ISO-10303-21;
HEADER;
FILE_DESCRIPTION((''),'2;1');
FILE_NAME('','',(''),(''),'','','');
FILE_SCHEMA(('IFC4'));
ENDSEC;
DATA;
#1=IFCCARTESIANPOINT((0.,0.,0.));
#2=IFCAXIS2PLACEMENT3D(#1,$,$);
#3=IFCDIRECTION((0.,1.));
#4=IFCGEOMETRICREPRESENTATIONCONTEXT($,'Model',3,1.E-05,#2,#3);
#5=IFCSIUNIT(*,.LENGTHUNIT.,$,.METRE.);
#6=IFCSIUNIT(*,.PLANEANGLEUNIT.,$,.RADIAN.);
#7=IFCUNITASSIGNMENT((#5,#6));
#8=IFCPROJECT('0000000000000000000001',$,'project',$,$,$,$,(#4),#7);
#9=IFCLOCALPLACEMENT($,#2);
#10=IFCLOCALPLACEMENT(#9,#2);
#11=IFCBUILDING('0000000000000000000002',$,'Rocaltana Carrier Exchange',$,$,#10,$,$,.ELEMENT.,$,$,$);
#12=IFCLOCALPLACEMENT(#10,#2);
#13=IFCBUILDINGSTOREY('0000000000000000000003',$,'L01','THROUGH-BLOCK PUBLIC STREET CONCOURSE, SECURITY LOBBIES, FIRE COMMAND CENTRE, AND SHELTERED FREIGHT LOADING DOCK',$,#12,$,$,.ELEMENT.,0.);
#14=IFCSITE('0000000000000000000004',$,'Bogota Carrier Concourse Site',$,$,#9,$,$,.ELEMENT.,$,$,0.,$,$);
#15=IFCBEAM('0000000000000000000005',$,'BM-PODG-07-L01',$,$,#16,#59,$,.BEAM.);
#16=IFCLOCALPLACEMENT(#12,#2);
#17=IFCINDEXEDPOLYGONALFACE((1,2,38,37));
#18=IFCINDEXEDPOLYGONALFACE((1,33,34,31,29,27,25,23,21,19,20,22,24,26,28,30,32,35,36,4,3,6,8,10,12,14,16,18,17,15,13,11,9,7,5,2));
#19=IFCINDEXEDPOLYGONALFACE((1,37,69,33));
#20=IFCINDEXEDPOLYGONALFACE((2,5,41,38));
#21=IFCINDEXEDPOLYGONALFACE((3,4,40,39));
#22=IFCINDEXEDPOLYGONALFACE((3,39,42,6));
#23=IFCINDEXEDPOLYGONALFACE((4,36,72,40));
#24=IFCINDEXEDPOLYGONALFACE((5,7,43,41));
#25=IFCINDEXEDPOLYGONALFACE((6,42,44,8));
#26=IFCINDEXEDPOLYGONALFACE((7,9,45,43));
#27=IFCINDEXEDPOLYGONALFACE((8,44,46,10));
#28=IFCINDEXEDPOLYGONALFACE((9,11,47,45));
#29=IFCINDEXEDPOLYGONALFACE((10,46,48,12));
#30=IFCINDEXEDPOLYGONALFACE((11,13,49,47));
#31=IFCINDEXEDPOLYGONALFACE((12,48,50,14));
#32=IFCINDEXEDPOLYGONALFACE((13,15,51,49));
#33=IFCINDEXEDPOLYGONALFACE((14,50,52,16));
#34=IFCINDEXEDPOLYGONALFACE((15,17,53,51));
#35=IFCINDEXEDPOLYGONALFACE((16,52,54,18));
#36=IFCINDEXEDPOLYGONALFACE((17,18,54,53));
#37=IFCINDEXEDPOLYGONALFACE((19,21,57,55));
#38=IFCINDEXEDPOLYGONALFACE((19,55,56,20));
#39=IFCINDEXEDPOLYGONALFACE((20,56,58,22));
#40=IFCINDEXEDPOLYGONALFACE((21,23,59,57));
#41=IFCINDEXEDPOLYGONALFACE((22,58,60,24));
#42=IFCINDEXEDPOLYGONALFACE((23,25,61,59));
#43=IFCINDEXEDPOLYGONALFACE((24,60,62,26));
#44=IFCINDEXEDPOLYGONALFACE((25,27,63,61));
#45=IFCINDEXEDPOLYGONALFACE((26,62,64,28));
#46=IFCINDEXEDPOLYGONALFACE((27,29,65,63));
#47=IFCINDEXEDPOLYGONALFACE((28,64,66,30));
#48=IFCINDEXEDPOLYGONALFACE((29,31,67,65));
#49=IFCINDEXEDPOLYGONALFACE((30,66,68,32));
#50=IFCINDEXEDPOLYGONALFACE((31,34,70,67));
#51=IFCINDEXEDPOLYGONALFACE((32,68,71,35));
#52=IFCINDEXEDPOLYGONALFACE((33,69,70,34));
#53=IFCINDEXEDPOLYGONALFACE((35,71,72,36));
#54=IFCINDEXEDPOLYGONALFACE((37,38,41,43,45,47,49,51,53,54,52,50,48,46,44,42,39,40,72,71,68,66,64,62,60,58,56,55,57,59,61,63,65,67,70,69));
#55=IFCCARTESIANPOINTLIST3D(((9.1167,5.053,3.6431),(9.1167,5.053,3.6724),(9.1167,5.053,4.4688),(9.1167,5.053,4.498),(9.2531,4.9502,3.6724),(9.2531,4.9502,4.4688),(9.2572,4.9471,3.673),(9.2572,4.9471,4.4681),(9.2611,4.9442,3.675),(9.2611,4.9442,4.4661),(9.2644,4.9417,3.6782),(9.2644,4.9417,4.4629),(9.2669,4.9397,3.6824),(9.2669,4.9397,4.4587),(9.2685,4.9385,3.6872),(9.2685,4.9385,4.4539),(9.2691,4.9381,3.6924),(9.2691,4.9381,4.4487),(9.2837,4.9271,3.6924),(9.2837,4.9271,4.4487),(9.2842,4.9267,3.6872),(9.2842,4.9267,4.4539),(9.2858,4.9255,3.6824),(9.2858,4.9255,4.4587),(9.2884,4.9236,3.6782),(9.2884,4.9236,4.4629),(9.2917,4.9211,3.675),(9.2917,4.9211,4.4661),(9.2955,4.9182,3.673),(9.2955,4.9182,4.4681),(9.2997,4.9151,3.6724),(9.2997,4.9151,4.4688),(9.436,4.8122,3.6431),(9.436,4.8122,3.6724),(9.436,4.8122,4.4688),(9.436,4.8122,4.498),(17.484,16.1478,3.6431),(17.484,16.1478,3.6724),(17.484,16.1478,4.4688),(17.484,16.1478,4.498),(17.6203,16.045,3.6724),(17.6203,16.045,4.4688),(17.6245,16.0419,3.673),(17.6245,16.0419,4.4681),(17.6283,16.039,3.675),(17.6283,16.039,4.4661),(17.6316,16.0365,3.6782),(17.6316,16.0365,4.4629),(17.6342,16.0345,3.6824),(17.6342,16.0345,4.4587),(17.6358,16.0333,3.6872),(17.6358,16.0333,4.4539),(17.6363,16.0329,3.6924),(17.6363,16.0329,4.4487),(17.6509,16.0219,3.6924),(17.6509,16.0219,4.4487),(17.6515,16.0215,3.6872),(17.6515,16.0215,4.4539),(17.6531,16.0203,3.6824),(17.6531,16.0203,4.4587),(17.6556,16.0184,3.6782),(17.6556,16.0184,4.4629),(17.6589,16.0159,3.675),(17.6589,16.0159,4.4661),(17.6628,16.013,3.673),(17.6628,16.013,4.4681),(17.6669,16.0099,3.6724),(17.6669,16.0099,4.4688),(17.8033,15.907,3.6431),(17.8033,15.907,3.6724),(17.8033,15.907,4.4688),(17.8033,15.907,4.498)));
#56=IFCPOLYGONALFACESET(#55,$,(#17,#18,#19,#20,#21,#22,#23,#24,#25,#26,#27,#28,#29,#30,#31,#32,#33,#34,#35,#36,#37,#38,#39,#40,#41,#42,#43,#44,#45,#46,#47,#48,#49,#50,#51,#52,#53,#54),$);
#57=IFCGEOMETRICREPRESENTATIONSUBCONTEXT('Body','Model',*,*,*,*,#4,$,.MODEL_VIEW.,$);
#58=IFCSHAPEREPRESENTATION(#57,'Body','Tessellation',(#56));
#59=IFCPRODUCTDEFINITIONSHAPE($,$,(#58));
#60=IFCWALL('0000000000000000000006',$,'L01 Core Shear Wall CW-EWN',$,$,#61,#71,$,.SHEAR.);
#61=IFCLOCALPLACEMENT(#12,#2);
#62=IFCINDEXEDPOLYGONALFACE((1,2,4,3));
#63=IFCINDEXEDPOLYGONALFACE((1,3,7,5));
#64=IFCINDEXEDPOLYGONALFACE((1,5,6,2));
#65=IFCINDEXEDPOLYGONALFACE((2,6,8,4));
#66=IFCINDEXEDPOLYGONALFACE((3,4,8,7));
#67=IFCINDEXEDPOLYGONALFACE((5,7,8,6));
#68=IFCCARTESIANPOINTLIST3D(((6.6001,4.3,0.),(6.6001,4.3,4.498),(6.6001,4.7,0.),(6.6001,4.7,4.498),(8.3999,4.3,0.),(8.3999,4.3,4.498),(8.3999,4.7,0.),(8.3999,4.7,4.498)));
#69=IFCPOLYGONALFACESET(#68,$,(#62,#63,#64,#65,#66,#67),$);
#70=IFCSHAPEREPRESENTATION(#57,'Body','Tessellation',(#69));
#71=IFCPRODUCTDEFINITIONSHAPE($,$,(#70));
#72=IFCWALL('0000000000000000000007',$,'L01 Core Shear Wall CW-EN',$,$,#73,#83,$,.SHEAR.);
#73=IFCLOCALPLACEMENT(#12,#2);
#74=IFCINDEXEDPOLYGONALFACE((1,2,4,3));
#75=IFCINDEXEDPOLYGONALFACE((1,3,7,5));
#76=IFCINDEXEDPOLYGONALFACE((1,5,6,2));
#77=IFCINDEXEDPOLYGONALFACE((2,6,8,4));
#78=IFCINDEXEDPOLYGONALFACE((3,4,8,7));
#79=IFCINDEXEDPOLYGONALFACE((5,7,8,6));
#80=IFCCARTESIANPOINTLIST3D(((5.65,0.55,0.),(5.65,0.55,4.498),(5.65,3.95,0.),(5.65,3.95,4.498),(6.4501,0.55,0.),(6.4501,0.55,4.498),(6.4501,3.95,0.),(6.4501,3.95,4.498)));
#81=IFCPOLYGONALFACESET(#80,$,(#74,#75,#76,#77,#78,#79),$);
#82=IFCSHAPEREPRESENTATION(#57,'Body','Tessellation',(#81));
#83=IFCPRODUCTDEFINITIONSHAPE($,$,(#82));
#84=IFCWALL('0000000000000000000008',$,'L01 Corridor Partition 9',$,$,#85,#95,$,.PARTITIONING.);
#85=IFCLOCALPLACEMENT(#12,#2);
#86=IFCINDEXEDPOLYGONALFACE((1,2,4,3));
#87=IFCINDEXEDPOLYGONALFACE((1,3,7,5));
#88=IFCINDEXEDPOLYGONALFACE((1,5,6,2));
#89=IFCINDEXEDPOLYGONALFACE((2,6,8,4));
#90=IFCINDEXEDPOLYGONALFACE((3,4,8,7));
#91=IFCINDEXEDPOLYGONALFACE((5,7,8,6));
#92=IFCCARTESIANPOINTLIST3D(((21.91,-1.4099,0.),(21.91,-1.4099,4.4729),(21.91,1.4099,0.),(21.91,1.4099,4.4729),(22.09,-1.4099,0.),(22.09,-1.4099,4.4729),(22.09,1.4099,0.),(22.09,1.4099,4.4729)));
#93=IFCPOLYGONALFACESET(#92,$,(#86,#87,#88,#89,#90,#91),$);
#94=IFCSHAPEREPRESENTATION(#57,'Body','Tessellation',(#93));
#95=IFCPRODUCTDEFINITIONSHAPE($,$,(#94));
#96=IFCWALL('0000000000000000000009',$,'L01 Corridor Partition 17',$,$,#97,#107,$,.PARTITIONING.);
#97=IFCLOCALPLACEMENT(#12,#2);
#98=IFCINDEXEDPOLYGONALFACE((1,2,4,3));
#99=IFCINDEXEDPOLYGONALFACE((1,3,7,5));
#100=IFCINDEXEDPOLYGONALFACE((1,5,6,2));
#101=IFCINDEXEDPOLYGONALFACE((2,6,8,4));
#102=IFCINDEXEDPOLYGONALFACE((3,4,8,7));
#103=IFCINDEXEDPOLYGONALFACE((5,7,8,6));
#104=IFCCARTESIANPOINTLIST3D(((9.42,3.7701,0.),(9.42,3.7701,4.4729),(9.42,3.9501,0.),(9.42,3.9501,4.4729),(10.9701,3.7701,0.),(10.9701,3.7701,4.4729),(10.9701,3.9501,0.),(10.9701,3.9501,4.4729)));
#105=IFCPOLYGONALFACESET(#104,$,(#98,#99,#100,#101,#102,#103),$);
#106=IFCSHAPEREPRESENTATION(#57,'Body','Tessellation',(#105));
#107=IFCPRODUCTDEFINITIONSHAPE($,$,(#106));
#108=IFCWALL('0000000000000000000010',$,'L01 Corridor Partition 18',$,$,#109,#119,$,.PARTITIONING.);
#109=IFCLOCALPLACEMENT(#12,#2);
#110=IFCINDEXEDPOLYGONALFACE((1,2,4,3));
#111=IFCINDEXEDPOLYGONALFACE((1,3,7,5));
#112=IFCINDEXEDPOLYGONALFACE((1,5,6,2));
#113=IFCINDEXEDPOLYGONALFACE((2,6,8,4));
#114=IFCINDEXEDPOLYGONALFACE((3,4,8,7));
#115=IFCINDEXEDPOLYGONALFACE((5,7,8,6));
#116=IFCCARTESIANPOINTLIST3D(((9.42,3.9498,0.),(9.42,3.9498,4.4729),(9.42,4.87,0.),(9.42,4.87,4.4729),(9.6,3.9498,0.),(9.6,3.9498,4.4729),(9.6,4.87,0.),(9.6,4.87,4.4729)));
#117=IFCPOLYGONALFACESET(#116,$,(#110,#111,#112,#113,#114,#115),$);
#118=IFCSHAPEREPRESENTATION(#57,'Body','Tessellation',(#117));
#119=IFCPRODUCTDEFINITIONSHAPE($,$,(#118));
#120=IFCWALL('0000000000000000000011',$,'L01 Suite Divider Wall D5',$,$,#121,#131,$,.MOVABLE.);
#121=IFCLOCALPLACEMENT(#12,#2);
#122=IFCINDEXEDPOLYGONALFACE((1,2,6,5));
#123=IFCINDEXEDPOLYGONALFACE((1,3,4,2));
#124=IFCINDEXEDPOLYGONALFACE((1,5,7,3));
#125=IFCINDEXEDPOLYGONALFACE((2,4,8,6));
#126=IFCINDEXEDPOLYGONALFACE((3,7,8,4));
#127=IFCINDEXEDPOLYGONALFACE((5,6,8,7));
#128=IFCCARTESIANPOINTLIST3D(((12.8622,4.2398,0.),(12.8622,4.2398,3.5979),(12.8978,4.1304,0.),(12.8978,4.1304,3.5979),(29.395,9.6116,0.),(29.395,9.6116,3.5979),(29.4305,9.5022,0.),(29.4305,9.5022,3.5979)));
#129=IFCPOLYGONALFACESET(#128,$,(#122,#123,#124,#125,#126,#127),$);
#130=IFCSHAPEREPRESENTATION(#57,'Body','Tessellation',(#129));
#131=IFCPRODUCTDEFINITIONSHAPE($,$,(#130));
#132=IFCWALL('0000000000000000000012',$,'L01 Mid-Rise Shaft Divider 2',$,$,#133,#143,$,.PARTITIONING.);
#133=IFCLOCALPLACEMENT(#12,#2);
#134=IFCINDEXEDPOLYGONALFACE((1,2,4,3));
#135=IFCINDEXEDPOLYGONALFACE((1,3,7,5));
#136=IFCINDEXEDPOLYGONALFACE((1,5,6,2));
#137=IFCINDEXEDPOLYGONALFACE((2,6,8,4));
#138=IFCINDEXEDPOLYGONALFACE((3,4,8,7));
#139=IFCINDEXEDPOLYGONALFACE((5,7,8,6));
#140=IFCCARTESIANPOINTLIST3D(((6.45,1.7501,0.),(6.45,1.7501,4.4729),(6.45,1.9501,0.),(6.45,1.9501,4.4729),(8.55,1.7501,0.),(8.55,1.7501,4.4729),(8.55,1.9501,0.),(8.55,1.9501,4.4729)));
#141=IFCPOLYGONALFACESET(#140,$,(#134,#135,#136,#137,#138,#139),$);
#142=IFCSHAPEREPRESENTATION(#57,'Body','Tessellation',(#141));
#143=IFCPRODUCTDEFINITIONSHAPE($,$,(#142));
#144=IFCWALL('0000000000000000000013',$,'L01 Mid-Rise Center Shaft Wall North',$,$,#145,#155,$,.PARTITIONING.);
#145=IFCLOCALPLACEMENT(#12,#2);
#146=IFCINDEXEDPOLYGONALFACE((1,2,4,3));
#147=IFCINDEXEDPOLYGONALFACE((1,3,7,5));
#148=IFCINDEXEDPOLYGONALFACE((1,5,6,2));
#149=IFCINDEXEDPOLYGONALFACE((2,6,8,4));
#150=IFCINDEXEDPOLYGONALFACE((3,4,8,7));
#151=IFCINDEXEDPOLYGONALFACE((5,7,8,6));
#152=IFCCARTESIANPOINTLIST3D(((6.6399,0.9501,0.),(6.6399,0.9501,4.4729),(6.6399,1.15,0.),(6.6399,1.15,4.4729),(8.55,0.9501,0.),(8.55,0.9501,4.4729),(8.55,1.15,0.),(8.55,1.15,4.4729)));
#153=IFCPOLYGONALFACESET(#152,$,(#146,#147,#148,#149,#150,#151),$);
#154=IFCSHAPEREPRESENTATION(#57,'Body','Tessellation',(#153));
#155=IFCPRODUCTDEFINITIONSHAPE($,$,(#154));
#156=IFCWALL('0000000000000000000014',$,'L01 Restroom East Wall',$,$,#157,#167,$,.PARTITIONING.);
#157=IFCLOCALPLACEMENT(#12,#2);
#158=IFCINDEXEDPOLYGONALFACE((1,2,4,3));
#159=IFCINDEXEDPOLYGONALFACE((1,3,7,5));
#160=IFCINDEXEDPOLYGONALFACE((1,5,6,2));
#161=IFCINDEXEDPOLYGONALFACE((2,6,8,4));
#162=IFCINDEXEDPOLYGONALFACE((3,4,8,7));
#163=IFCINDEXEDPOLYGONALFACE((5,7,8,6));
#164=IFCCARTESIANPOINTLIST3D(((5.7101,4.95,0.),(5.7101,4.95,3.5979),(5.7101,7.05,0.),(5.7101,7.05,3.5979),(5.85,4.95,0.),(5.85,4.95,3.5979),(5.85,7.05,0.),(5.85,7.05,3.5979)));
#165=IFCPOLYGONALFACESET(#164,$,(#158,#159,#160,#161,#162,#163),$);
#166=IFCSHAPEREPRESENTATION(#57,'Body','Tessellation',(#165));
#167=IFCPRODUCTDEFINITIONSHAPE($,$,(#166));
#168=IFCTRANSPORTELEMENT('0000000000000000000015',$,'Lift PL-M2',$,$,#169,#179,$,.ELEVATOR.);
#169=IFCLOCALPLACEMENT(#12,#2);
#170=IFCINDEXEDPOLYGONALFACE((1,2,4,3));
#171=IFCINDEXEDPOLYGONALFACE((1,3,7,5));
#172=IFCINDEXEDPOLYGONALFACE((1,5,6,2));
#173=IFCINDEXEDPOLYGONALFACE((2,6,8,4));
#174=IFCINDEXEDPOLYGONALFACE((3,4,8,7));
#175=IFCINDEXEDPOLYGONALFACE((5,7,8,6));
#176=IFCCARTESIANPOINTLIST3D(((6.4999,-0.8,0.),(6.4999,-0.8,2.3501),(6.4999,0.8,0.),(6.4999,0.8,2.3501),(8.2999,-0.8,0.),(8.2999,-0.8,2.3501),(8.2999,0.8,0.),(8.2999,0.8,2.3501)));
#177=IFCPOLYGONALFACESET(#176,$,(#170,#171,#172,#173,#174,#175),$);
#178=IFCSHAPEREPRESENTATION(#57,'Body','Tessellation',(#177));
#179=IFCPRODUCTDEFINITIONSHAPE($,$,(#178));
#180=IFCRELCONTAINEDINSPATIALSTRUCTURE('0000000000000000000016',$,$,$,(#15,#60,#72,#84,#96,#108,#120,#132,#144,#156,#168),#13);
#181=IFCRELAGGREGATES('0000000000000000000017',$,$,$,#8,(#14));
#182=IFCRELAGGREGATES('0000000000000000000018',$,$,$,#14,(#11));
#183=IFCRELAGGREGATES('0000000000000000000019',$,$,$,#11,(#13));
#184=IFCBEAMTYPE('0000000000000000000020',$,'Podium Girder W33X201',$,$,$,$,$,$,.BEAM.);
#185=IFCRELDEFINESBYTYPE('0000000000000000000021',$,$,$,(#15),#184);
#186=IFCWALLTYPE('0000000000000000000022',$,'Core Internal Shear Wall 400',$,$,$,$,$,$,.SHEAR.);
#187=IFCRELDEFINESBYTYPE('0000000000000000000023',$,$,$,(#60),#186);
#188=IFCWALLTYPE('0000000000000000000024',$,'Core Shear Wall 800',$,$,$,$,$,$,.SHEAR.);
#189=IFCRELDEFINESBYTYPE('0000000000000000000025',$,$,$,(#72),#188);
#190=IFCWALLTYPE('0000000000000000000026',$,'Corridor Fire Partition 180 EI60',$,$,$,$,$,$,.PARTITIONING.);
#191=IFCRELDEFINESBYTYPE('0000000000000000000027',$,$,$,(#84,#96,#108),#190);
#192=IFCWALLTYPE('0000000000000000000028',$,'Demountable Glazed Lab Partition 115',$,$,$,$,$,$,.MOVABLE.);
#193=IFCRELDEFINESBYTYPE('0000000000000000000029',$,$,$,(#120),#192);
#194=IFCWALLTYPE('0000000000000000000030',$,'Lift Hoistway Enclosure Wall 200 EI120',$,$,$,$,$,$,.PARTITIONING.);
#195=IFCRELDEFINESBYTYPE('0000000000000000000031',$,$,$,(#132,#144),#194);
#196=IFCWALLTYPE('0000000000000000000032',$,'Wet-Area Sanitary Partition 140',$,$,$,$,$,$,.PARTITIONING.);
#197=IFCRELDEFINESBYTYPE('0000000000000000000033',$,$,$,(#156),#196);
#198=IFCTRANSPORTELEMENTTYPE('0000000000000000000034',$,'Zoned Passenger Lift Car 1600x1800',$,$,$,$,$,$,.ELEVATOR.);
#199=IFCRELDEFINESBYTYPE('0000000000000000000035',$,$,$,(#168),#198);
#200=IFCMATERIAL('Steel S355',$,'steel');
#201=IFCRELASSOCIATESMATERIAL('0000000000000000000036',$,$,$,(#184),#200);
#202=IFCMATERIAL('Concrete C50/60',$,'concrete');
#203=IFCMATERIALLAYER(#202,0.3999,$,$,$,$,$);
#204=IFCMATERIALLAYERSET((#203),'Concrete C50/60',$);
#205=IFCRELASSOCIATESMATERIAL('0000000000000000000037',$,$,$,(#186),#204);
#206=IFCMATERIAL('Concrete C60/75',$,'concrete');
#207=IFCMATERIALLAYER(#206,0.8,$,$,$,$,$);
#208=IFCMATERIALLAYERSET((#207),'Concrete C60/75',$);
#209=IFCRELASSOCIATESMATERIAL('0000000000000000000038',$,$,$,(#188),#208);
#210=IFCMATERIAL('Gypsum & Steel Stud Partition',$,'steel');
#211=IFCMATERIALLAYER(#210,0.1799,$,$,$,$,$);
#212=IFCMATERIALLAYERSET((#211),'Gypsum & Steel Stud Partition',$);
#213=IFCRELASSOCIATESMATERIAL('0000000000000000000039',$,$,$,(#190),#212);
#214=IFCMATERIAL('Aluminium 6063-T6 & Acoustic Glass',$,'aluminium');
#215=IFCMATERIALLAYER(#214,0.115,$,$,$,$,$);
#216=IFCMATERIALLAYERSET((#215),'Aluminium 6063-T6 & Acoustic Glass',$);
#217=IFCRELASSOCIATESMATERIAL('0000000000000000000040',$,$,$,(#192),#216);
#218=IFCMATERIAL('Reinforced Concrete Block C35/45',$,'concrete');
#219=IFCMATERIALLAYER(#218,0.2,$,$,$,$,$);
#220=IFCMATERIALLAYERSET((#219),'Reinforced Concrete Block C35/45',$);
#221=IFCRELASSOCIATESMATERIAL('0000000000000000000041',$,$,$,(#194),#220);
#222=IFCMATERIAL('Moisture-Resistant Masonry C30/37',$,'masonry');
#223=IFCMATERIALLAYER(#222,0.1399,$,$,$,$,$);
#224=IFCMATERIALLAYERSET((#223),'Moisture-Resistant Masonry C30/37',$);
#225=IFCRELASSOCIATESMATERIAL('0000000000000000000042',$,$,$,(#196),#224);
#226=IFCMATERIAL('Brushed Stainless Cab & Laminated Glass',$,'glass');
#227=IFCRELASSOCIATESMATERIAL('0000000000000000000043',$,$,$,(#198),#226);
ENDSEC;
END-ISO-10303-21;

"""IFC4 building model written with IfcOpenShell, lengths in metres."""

from ifc_helpers import new_model, si_unit, direction, frame, frame_2d, origin, origin_2d, place, context, subcontext, project, spatial, rectangle, i_section, extrude, material, layer, layer_set, material_profile, profile_set, type_object, element, save


model = new_model("IFC4")

# Units and contexts
model_context = context("Model", 3, precision=1e-05, world=origin(), true_north=direction((0.0, 1.0)))
body_context = subcontext(model_context, "Body", "Model", "MODEL_VIEW")
ifc_project = project(units=[si_unit("LENGTHUNIT", "METRE"), si_unit("PLANEANGLEUNIT", "RADIAN")], contexts=[model_context])

# Site, building, storey
site_placement = place(None, origin())
site = spatial("IfcSite", under=ifc_project, at=site_placement, Name="Bogota Carrier Concourse Site", CompositionType="ELEMENT", RefElevation=0.0)
building_placement = place(site_placement, origin())
building = spatial("IfcBuilding", under=site, at=building_placement, Name="Rocaltana Carrier Exchange", CompositionType="ELEMENT")
storey_placement = place(building_placement, origin())
storey = spatial("IfcBuildingStorey", under=building, at=storey_placement, Name="L01", Description="THROUGH-BLOCK PUBLIC STREET CONCOURSE, SECURITY LOBBIES, FIRE COMMAND CENTRE, AND SHELTERED FREIGHT LOADING DOCK", CompositionType="ELEMENT", Elevation=0.0)

# Beam
ifc_material_1 = material(Name="Steel S355", Category="steel")
ifc_material_profile_1 = material_profile(ifc_material_1, i_section(OverallWidth=0.3999, OverallDepth=0.855, WebThickness=0.0183, FlangeThickness=0.0293, FilletRadius=0.02, at=origin_2d()), Name="W33X201")
ifc_profile_set_1 = profile_set([ifc_material_profile_1], Name="Steel S355")
beam_type = type_object("IfcBeamType", Name="Podium Girder W33X201", PredefinedType="BEAM", material=ifc_profile_set_1)
beam_1_placement = place(storey_placement, frame((9.2764, 4.9326, 4.0706), z_axis=(0.602123, 0.798403, 0.0), x_axis=(-0.798403, 0.602123, 0.0)))
element("IfcBeam", 1, at=beam_1_placement, inside=storey, type_object=beam_type, Name="BM-PODG-07-L01", PredefinedType="BEAM", context=body_context, shape_type="SweptSolid", body=[
    extrude(i_section(OverallWidth=0.3999, OverallDepth=0.855, WebThickness=0.0183, FlangeThickness=0.0293, FilletRadius=0.02, at=origin_2d()), origin(), (0.0, 0.0, 1.0), 13.8962),
])

# Walls
ifc_material_2 = material(Name="Concrete C50/60", Category="concrete")
ifc_layer_1 = layer(ifc_material_2, 0.3999)
ifc_layer_set_1 = layer_set([ifc_layer_1], Name="Concrete C50/60")
wall_type_1 = type_object("IfcWallType", Name="Core Internal Shear Wall 400", PredefinedType="SHEAR", material=ifc_layer_set_1)
wall_1_placement = place(storey_placement, frame((6.6001, 4.5, 0.0), z_axis=(0.0, 0.0, 1.0), x_axis=(1.0, 0.0, 0.0)))
element("IfcWall", 2, at=wall_1_placement, inside=storey, type_object=wall_type_1, Name="L01 Core Shear Wall CW-EWN", PredefinedType="SHEAR", context=body_context, shape_type="SweptSolid", body=[
    extrude(rectangle(XDim=1.7998, YDim=0.3999, at=frame_2d((0.8999, 0.0))), origin(), (0.0, 0.0, 1.0), 4.498),
])
ifc_material_3 = material(Name="Concrete C60/75", Category="concrete")
ifc_layer_2 = layer(ifc_material_3, 0.8)
ifc_layer_set_2 = layer_set([ifc_layer_2], Name="Concrete C60/75")
wall_type_2 = type_object("IfcWallType", Name="Core Shear Wall 800", PredefinedType="SHEAR", material=ifc_layer_set_2)
wall_2_placement = place(storey_placement, frame((6.05, 0.55, 0.0), z_axis=(0.0, 0.0, 1.0), x_axis=(0.0, 1.0, 0.0)))
element("IfcWall", 3, at=wall_2_placement, inside=storey, type_object=wall_type_2, Name="L01 Core Shear Wall CW-EN", PredefinedType="SHEAR", context=body_context, shape_type="SweptSolid", body=[
    extrude(rectangle(XDim=3.3999, YDim=0.8, at=frame_2d((1.7, 0.0))), origin(), (0.0, 0.0, 1.0), 4.498),
])
ifc_material_4 = material(Name="Gypsum & Steel Stud Partition", Category="steel")
ifc_layer_3 = layer(ifc_material_4, 0.1799)
ifc_layer_set_3 = layer_set([ifc_layer_3], Name="Gypsum & Steel Stud Partition")
wall_type_3 = type_object("IfcWallType", Name="Corridor Fire Partition 180 EI60", PredefinedType="PARTITIONING", material=ifc_layer_set_3)
wall_3_placement = place(storey_placement, frame((22.0, 1.4099, 0.0), z_axis=(0.0, 0.0, 1.0), x_axis=(0.0, -1.0, 0.0)))
element("IfcWall", 4, at=wall_3_placement, inside=storey, type_object=wall_type_3, Name="L01 Corridor Partition 9", PredefinedType="PARTITIONING", context=body_context, shape_type="SweptSolid", body=[
    extrude(rectangle(XDim=2.8198, YDim=0.1799, at=frame_2d((1.4099, 0.0))), origin(), (0.0, 0.0, 1.0), 4.4729),
])
wall_4_placement = place(storey_placement, frame((10.97, 3.8601, 0.0), z_axis=(0.0, 0.0, 1.0), x_axis=(-1.0, 0.0, 0.0)))
element("IfcWall", 5, at=wall_4_placement, inside=storey, type_object=wall_type_3, Name="L01 Corridor Partition 17", PredefinedType="PARTITIONING", context=body_context, shape_type="SweptSolid", body=[
    extrude(rectangle(XDim=1.55, YDim=0.1799, at=frame_2d((0.7749, 0.0))), origin(), (0.0, 0.0, 1.0), 4.4729),
])
wall_5_placement = place(storey_placement, frame((9.51, 3.95, 0.0), z_axis=(0.0, 0.0, 1.0), x_axis=(0.0, 1.0, 0.0)))
element("IfcWall", 6, at=wall_5_placement, inside=storey, type_object=wall_type_3, Name="L01 Corridor Partition 18", PredefinedType="PARTITIONING", context=body_context, shape_type="SweptSolid", body=[
    extrude(rectangle(XDim=0.9202, YDim=0.1799, at=frame_2d((0.46, 0.0))), origin(), (0.0, 0.0, 1.0), 4.4729),
])
ifc_material_5 = material(Name="Aluminium 6063-T6 & Acoustic Glass", Category="aluminium")
ifc_layer_4 = layer(ifc_material_5, 0.115)
ifc_layer_set_4 = layer_set([ifc_layer_4], Name="Aluminium 6063-T6 & Acoustic Glass")
wall_type_4 = type_object("IfcWallType", Name="Demountable Glazed Lab Partition 115", PredefinedType="MOVABLE", material=ifc_layer_set_4)
wall_6_placement = place(storey_placement, frame((12.8799, 4.1851, 0.0), z_axis=(0.0, 0.0, 1.0), x_axis=(0.951056, 0.309018, 0.0)))
element("IfcWall", 7, at=wall_6_placement, inside=storey, type_object=wall_type_4, Name="L01 Suite Divider Wall D5", PredefinedType="MOVABLE", context=body_context, shape_type="SweptSolid", body=[
    extrude(rectangle(XDim=17.3835, YDim=0.115, at=frame_2d((8.6919, 0.0))), origin(), (0.0, 0.0, 1.0), 3.5979),
])
ifc_material_6 = material(Name="Reinforced Concrete Block C35/45", Category="concrete")
ifc_layer_5 = layer(ifc_material_6, 0.2)
ifc_layer_set_5 = layer_set([ifc_layer_5], Name="Reinforced Concrete Block C35/45")
wall_type_5 = type_object("IfcWallType", Name="Lift Hoistway Enclosure Wall 200 EI120", PredefinedType="PARTITIONING", material=ifc_layer_set_5)
wall_7_placement = place(storey_placement, frame((6.45, 1.8501, 0.0), z_axis=(0.0, 0.0, 1.0), x_axis=(1.0, 0.0, 0.0)))
element("IfcWall", 8, at=wall_7_placement, inside=storey, type_object=wall_type_5, Name="L01 Mid-Rise Shaft Divider 2", PredefinedType="PARTITIONING", context=body_context, shape_type="SweptSolid", body=[
    extrude(rectangle(XDim=2.1001, YDim=0.2, at=frame_2d((1.05, 0.0))), origin(), (0.0, 0.0, 1.0), 4.4729),
])
wall_8_placement = place(storey_placement, frame((6.6399, 1.05, 0.0), z_axis=(0.0, 0.0, 1.0), x_axis=(1.0, 0.0, 0.0)))
element("IfcWall", 9, at=wall_8_placement, inside=storey, type_object=wall_type_5, Name="L01 Mid-Rise Center Shaft Wall North", PredefinedType="PARTITIONING", context=body_context, shape_type="SweptSolid", body=[
    extrude(rectangle(XDim=1.9102, YDim=0.2, at=frame_2d((0.9551, 0.0))), origin(), (0.0, 0.0, 1.0), 4.4729),
])
ifc_material_7 = material(Name="Moisture-Resistant Masonry C30/37", Category="masonry")
ifc_layer_6 = layer(ifc_material_7, 0.1399)
ifc_layer_set_6 = layer_set([ifc_layer_6], Name="Moisture-Resistant Masonry C30/37")
wall_type_6 = type_object("IfcWallType", Name="Wet-Area Sanitary Partition 140", PredefinedType="PARTITIONING", material=ifc_layer_set_6)
wall_9_placement = place(storey_placement, frame((5.78, 4.95, 0.0), z_axis=(0.0, 0.0, 1.0), x_axis=(0.0, 1.0, 0.0)))
element("IfcWall", 10, at=wall_9_placement, inside=storey, type_object=wall_type_6, Name="L01 Restroom East Wall", PredefinedType="PARTITIONING", context=body_context, shape_type="SweptSolid", body=[
    extrude(rectangle(XDim=2.1001, YDim=0.1399, at=frame_2d((1.05, 0.0))), origin(), (0.0, 0.0, 1.0), 3.5979),
])

# Transport element
ifc_material_8 = material(Name="Brushed Stainless Cab & Laminated Glass", Category="glass")
transport_element_type = type_object("IfcTransportElementType", Name="Zoned Passenger Lift Car 1600x1800", PredefinedType="ELEVATOR", material=ifc_material_8)
for number, where, z_axis, x_axis, name in (
    (11, (7.3999, 0.0, 0.0), (0.0, 0.0, 1.0), (1.0, 0.0, 0.0), "Lift PL-M2"),
):
    element("IfcTransportElement", number, at=place(storey_placement, frame(where, z_axis=z_axis, x_axis=x_axis)), inside=storey, type_object=transport_element_type, Name=name, PredefinedType="ELEVATOR", context=body_context, shape_type="SweptSolid", body=[
        extrude(rectangle(XDim=1.8, YDim=1.6001, at=origin_2d()), origin(), (0.0, 0.0, 1.0), 2.3501),
    ])

save(model, "model.ifc")
